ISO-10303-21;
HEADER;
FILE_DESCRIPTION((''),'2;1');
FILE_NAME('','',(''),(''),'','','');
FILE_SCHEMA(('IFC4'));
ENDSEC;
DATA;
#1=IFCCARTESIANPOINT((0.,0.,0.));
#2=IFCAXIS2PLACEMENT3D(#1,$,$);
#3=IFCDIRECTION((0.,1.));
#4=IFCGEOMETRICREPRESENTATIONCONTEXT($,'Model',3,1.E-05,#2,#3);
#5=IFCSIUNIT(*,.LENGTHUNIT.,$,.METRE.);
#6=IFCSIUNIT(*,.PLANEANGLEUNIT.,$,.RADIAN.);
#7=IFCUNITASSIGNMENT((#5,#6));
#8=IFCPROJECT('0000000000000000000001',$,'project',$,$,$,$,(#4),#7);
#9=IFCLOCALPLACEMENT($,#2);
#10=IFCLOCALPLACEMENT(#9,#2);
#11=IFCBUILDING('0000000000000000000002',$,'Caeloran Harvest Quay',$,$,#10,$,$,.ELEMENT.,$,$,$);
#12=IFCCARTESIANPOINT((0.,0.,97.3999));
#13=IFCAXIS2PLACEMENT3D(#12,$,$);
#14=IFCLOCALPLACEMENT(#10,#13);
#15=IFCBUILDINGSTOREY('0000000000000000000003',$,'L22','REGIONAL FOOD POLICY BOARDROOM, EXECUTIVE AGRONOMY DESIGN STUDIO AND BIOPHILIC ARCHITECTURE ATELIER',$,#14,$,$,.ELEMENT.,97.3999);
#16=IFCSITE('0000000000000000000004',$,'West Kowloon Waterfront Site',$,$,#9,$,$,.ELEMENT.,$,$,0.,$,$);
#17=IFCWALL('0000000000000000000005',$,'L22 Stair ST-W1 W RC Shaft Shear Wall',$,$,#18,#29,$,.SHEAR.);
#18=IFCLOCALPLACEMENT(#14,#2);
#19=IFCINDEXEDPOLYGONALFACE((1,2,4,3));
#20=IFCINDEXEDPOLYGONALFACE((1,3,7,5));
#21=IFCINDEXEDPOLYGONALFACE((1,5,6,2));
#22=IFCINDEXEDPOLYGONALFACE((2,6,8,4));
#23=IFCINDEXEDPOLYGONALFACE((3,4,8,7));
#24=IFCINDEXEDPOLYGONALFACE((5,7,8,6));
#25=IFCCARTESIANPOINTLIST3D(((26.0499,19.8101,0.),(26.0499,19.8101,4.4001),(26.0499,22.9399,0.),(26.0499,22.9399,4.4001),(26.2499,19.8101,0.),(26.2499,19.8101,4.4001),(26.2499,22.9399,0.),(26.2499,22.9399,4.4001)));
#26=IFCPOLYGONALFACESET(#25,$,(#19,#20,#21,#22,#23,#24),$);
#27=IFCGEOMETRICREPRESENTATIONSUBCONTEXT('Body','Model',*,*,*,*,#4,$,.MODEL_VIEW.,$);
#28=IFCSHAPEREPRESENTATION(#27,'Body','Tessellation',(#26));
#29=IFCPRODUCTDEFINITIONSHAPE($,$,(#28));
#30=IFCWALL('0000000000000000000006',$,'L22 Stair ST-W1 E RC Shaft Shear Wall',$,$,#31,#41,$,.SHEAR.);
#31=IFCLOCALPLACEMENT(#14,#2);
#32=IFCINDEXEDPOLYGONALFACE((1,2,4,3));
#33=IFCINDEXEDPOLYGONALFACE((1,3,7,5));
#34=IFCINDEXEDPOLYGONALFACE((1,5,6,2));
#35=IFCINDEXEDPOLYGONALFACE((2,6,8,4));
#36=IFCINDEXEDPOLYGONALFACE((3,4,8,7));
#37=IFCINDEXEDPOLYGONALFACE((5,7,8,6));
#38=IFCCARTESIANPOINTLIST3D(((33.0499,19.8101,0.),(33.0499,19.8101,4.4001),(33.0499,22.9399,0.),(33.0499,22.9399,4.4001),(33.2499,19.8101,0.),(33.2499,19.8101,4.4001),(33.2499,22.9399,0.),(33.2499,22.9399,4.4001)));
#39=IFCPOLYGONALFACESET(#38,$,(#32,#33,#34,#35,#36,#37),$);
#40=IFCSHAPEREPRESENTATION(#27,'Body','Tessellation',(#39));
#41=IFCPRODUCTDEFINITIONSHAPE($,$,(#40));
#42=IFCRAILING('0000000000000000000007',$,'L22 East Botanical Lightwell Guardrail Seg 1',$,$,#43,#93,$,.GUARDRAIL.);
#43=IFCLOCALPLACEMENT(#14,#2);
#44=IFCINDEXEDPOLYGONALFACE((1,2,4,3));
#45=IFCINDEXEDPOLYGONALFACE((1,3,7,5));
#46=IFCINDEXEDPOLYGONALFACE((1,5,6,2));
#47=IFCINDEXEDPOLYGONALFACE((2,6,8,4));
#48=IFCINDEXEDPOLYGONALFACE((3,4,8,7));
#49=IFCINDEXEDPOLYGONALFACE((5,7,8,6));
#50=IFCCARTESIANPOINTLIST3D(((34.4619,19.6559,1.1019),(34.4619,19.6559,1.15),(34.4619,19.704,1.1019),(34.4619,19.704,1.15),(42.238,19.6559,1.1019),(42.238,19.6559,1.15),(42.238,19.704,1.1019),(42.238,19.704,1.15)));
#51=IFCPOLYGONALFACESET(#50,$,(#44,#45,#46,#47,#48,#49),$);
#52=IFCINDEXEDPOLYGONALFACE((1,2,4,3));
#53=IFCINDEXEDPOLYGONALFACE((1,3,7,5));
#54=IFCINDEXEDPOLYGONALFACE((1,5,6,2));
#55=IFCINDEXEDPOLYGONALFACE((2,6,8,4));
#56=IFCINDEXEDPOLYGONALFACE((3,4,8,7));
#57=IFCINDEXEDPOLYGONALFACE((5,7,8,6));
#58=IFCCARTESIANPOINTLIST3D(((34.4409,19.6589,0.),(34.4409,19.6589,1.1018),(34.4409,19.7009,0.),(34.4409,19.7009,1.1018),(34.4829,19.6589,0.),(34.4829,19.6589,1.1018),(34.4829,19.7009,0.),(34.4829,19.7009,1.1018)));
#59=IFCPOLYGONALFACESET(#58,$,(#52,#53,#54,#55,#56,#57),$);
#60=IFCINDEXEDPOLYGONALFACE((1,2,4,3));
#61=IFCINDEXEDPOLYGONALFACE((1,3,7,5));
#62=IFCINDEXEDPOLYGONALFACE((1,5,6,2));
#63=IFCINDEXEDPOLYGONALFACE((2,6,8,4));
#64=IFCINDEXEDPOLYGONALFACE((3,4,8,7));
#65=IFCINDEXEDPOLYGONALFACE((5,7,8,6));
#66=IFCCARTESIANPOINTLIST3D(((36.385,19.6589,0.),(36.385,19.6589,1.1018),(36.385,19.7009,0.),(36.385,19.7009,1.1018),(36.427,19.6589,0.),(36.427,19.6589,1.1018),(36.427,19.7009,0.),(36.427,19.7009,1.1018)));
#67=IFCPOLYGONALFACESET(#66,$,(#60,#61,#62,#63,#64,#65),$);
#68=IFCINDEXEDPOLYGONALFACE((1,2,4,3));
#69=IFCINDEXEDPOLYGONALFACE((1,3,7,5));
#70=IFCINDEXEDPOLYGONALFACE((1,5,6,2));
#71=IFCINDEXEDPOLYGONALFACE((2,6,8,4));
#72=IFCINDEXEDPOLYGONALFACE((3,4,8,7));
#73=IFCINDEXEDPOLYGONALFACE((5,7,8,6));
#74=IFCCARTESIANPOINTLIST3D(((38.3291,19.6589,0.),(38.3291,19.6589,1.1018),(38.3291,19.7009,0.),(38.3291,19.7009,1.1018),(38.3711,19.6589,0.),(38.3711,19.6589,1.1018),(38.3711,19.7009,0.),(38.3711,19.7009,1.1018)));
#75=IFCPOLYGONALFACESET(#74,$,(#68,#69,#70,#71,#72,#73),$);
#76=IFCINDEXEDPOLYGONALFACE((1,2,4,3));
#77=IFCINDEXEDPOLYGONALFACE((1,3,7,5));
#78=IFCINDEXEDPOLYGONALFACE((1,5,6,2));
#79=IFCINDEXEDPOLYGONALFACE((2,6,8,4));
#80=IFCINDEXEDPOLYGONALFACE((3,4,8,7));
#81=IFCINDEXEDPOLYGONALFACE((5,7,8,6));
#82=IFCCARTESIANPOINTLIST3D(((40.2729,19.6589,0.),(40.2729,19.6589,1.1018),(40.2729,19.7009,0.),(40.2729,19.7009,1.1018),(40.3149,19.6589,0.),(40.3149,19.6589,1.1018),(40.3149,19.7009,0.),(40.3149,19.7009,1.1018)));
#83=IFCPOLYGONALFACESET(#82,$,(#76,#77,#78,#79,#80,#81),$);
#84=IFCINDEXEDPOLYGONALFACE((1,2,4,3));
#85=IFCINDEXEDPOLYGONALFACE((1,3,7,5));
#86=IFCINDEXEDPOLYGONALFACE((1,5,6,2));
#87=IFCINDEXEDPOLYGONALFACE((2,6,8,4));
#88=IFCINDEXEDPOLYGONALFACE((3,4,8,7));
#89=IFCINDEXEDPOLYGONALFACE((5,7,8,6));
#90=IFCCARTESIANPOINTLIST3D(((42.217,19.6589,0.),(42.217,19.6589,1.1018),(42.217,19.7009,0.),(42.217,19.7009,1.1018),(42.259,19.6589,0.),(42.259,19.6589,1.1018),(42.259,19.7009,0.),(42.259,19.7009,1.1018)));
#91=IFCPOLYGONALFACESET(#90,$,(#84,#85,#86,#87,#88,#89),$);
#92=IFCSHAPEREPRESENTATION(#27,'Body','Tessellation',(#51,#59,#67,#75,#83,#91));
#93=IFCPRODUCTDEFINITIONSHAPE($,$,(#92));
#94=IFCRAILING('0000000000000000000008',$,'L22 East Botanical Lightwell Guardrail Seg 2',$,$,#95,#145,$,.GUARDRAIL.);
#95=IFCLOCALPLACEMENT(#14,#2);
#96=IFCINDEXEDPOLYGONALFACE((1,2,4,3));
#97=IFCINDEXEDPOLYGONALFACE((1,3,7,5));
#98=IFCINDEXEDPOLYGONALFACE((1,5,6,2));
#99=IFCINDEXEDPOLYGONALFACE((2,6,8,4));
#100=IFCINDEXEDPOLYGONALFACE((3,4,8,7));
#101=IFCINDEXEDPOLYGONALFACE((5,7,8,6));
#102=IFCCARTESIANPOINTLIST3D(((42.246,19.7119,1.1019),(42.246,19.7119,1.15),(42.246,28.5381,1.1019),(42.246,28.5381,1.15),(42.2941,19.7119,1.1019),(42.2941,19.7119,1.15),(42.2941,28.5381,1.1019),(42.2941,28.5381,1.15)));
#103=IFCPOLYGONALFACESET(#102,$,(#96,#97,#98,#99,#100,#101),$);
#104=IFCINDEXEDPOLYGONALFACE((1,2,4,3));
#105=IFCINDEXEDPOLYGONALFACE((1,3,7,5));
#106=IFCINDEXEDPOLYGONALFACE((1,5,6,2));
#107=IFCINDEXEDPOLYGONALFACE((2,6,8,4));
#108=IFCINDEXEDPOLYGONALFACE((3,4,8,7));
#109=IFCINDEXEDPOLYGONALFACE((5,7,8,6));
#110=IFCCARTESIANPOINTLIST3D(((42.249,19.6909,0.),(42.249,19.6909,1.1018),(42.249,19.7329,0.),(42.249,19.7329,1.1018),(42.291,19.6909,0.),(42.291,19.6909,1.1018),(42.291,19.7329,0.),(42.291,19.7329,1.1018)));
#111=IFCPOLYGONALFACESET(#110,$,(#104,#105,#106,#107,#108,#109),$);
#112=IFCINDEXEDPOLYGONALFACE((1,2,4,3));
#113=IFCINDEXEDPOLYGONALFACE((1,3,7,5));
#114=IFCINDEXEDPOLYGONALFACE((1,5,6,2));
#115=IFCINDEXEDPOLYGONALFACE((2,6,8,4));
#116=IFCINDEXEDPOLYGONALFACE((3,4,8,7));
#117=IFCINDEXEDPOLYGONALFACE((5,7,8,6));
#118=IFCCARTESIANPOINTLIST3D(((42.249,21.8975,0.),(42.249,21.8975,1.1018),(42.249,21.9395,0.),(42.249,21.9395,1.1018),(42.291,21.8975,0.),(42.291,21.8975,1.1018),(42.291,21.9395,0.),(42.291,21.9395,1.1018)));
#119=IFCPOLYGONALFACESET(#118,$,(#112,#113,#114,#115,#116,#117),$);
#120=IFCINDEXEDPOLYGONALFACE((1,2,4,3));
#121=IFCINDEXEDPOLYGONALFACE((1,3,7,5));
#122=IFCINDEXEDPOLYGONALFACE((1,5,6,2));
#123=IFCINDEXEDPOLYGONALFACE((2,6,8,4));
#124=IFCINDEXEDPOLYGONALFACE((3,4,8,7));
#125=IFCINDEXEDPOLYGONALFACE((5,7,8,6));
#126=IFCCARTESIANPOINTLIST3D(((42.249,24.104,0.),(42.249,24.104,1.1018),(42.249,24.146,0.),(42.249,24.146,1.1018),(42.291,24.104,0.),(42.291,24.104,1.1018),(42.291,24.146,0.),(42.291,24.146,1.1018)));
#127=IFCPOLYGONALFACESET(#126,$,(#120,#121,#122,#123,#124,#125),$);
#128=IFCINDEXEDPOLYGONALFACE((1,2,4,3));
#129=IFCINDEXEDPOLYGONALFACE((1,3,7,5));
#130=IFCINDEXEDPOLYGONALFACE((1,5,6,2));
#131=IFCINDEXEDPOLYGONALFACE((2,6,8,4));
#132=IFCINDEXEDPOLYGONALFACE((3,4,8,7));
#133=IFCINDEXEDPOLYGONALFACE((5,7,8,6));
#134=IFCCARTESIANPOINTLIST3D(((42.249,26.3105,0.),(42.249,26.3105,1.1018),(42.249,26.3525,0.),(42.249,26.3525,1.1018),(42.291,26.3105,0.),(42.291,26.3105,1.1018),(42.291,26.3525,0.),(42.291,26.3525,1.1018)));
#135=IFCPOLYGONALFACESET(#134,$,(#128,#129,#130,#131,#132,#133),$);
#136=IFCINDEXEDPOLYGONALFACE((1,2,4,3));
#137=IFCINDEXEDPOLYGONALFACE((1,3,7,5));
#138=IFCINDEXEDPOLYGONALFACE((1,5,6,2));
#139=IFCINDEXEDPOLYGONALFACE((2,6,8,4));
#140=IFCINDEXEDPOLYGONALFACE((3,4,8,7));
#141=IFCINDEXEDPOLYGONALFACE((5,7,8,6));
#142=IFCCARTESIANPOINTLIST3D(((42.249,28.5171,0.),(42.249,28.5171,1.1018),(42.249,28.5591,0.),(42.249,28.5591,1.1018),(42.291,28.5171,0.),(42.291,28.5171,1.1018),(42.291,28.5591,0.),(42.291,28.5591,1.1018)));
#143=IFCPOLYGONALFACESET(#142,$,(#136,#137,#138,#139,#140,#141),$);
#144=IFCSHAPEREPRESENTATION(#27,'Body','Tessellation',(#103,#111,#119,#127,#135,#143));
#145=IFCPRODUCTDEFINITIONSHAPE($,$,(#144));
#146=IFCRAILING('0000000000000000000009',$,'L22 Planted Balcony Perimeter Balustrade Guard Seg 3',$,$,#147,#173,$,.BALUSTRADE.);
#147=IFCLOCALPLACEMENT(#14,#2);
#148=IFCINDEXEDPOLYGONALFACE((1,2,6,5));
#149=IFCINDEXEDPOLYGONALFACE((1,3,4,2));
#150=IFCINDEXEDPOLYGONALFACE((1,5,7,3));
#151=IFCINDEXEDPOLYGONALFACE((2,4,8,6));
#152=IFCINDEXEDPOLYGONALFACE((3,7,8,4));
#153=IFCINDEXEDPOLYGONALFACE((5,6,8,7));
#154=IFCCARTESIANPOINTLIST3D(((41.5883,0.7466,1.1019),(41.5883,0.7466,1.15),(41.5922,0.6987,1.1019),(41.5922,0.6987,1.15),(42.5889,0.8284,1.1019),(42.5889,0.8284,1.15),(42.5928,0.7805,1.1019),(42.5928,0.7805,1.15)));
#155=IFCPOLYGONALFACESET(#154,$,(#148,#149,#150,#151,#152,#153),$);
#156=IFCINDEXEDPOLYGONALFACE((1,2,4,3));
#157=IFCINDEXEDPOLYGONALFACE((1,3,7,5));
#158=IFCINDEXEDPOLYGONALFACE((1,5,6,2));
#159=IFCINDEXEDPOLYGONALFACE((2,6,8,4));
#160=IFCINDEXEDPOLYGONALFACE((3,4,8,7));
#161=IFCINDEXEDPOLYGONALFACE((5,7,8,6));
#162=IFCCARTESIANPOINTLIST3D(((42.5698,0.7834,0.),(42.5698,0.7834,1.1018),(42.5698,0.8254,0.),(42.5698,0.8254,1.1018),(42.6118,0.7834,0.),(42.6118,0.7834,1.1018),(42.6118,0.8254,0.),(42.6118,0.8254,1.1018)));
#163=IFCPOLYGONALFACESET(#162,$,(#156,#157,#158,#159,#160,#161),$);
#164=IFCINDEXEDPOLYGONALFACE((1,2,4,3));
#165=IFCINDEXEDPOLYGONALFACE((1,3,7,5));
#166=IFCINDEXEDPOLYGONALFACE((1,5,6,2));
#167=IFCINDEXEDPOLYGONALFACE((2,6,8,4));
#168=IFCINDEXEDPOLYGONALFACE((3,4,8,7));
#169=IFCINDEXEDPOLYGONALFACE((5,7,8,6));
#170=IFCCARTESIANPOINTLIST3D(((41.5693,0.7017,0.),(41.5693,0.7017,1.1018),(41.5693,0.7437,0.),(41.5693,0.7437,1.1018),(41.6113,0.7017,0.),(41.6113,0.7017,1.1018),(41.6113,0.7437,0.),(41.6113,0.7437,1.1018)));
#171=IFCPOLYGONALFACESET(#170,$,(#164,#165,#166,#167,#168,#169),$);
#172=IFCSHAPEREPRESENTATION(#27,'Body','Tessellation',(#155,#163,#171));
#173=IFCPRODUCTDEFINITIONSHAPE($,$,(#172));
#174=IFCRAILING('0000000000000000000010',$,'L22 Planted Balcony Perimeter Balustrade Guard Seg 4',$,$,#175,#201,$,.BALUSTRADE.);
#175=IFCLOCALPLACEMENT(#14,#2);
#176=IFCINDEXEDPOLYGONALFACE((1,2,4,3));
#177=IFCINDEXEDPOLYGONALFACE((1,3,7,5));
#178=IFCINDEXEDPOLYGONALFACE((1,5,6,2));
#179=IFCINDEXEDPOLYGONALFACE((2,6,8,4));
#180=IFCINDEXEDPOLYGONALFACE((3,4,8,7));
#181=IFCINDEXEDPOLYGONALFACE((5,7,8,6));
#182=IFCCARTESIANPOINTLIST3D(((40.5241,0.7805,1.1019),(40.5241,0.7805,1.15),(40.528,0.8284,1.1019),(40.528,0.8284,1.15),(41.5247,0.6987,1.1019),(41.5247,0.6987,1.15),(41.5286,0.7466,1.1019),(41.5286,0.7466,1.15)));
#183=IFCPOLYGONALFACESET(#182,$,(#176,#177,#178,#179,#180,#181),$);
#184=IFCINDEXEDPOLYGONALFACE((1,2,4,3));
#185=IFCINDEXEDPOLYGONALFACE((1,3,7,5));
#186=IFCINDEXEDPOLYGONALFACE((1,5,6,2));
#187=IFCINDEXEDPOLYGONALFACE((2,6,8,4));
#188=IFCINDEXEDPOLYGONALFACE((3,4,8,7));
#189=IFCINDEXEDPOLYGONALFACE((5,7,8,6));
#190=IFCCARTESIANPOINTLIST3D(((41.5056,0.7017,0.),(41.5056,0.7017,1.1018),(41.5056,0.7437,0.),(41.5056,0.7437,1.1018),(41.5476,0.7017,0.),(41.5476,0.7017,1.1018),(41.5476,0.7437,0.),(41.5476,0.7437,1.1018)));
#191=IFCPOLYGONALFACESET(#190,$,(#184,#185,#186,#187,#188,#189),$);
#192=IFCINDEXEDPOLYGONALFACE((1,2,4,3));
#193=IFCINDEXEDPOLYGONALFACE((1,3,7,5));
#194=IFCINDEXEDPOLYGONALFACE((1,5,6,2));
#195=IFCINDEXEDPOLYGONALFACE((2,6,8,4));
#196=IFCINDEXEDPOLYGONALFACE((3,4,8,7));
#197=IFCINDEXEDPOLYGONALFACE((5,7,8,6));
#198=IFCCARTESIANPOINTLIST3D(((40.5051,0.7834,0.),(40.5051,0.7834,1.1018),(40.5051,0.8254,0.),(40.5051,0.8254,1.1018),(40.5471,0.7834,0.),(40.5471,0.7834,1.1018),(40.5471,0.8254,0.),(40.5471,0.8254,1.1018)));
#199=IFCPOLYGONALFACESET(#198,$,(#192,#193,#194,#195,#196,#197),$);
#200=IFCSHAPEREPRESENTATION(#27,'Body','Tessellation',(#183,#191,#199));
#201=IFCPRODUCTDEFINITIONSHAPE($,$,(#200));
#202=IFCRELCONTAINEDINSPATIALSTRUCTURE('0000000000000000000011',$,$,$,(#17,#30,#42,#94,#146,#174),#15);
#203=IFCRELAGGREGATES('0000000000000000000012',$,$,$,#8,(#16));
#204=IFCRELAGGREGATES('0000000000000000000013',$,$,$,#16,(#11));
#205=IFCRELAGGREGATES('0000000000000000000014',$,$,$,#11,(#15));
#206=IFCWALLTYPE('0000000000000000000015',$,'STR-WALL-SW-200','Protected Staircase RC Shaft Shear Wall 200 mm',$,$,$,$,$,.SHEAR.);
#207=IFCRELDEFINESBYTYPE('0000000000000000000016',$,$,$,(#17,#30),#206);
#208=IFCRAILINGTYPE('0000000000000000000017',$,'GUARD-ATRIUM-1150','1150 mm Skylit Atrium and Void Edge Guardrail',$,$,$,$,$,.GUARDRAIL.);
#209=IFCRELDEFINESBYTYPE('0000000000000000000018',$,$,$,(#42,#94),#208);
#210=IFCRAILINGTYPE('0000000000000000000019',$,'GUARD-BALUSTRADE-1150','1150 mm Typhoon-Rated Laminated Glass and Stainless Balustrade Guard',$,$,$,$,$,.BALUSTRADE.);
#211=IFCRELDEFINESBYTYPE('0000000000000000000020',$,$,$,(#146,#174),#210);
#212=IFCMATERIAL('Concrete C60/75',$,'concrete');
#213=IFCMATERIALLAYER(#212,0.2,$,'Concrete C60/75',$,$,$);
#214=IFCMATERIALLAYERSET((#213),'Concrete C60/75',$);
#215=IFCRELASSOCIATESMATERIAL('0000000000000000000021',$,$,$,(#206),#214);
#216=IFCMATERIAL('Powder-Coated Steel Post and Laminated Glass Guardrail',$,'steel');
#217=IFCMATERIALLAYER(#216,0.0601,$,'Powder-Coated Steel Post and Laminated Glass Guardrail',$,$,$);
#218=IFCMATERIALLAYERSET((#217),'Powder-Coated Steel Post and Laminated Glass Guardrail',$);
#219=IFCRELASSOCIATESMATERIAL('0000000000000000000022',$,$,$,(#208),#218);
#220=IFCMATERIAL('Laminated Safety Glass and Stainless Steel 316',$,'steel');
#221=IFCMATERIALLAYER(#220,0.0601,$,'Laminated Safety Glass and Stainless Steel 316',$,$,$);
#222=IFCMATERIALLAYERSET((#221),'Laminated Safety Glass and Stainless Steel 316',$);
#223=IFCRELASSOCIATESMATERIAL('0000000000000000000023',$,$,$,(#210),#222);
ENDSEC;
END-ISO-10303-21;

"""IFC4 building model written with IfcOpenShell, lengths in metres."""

from ifc_helpers import new_model, si_unit, direction, frame, frame_2d, origin, origin_2d, place, context, subcontext, project, spatial, rectangle, extrude, material, layer, layer_set, type_object, element, save


model = new_model("IFC4")

# Units and contexts
model_context = context("Model", 3, precision=1e-05, world=origin(), true_north=direction((0.0, 1.0)))
body_context = subcontext(model_context, "Body", "Model", "MODEL_VIEW")
ifc_project = project(units=[si_unit("LENGTHUNIT", "METRE"), si_unit("PLANEANGLEUNIT", "RADIAN")], contexts=[model_context])

# Site, building, storey
site_placement = place(None, origin())
site = spatial("IfcSite", under=ifc_project, at=site_placement, Name="West Kowloon Waterfront Site", CompositionType="ELEMENT", RefElevation=0.0)
building_placement = place(site_placement, origin())
building = spatial("IfcBuilding", under=site, at=building_placement, Name="Caeloran Harvest Quay", CompositionType="ELEMENT")
storey_placement = place(building_placement, frame((0.0, 0.0, 97.3999)))
storey = spatial("IfcBuildingStorey", under=building, at=storey_placement, Name="L22", Description="REGIONAL FOOD POLICY BOARDROOM, EXECUTIVE AGRONOMY DESIGN STUDIO AND BIOPHILIC ARCHITECTURE ATELIER", CompositionType="ELEMENT", Elevation=97.3999)

# Shared definitions
ifc_material_1 = material(Name="Concrete C60/75", Category="concrete")
ifc_layer_1 = layer(ifc_material_1, 0.2, Name="Concrete C60/75")
ifc_layer_set_1 = layer_set([ifc_layer_1], Name="Concrete C60/75")
wall_type_1 = type_object("IfcWallType", Name="STR-WALL-SW-200", Description="Protected Staircase RC Shaft Shear Wall 200 mm", PredefinedType="SHEAR", material=ifc_layer_set_1)

# Walls
for number, where, z_axis, x_axis, name in (
    (1, (26.1499, 19.8101, 0.0), (0.0, 0.0, 1.0), (0.0, 1.0, 0.0), "L22 Stair ST-W1 W RC Shaft Shear Wall"),
    (2, (33.1499, 19.8101, 0.0), (0.0, 0.0, 1.0), (0.0, 1.0, 0.0), "L22 Stair ST-W1 E RC Shaft Shear Wall"),
):
    element("IfcWall", number, at=place(storey_placement, frame(where, z_axis=z_axis, x_axis=x_axis)), inside=storey, type_object=wall_type_1, Name=name, PredefinedType="SHEAR", context=body_context, shape_type="SweptSolid", body=[
        extrude(rectangle(XDim=3.1299, YDim=0.2, at=frame_2d((1.5649, 0.0))), origin(), (0.0, 0.0, 1.0), 4.4001),
    ])

# Railings
ifc_material_2 = material(Name="Powder-Coated Steel Post and Laminated Glass Guardrail", Category="steel")
ifc_layer_2 = layer(ifc_material_2, 0.0601, Name="Powder-Coated Steel Post and Laminated Glass Guardrail")
ifc_layer_set_2 = layer_set([ifc_layer_2], Name="Powder-Coated Steel Post and Laminated Glass Guardrail")
railing_type_1 = type_object("IfcRailingType", Name="GUARD-ATRIUM-1150", Description="1150 mm Skylit Atrium and Void Edge Guardrail", PredefinedType="GUARDRAIL", material=ifc_layer_set_2)
railing_1_placement = place(storey_placement, frame((34.4619, 19.6799, 0.0)))
element("IfcRailing", 3, at=railing_1_placement, inside=storey, type_object=railing_type_1, Name="L22 East Botanical Lightwell Guardrail Seg 1", PredefinedType="GUARDRAIL", context=body_context, shape_type="SweptSolid", body=[
    extrude(rectangle(XDim=0.0481, YDim=0.0481, at=origin_2d()), frame((0.0, 0.0, 1.126), z_axis=(1.0, 0.0, 0.0), x_axis=(0.0, 1.0, 0.0)), (0.0, 0.0, 1.0), 7.7761),
    extrude(rectangle(XDim=0.042, YDim=0.042, at=origin_2d()), origin(), (0.0, 0.0, 1.0), 1.1018),
    extrude(rectangle(XDim=0.042, YDim=0.042, at=origin_2d()), frame((1.9441, 0.0, 0.0)), (0.0, 0.0, 1.0), 1.1018),
    extrude(rectangle(XDim=0.042, YDim=0.042, at=origin_2d()), frame((3.8882, 0.0, 0.0)), (0.0, 0.0, 1.0), 1.1018),
    extrude(rectangle(XDim=0.042, YDim=0.042, at=origin_2d()), frame((5.832, 0.0, 0.0)), (0.0, 0.0, 1.0), 1.1018),
    extrude(rectangle(XDim=0.042, YDim=0.042, at=origin_2d()), frame((7.7761, 0.0, 0.0)), (0.0, 0.0, 1.0), 1.1018),
])
railing_2_placement = place(storey_placement, frame((42.27, 19.7119, 0.0)))
element("IfcRailing", 4, at=railing_2_placement, inside=storey, type_object=railing_type_1, Name="L22 East Botanical Lightwell Guardrail Seg 2", PredefinedType="GUARDRAIL", context=body_context, shape_type="SweptSolid", body=[
    extrude(rectangle(XDim=0.0481, YDim=0.0481, at=origin_2d()), frame((0.0, 0.0, 1.126), z_axis=(0.0, 1.0, 0.0), x_axis=(-1.0, 0.0, 0.0)), (0.0, 0.0, 1.0), 8.8262),
    extrude(rectangle(XDim=0.042, YDim=0.042, at=origin_2d()), origin(), (0.0, 0.0, 1.0), 1.1018),
    extrude(rectangle(XDim=0.042, YDim=0.042, at=origin_2d()), frame((0.0, 2.2065, 0.0)), (0.0, 0.0, 1.0), 1.1018),
    extrude(rectangle(XDim=0.042, YDim=0.042, at=origin_2d()), frame((0.0, 4.4131, 0.0)), (0.0, 0.0, 1.0), 1.1018),
    extrude(rectangle(XDim=0.042, YDim=0.042, at=origin_2d()), frame((0.0, 6.6196, 0.0)), (0.0, 0.0, 1.0), 1.1018),
    extrude(rectangle(XDim=0.042, YDim=0.042, at=origin_2d()), frame((0.0, 8.8262, 0.0)), (0.0, 0.0, 1.0), 1.1018),
])
ifc_material_3 = material(Name="Laminated Safety Glass and Stainless Steel 316", Category="steel")
ifc_layer_3 = layer(ifc_material_3, 0.0601, Name="Laminated Safety Glass and Stainless Steel 316")
ifc_layer_set_3 = layer_set([ifc_layer_3], Name="Laminated Safety Glass and Stainless Steel 316")
railing_type_2 = type_object("IfcRailingType", Name="GUARD-BALUSTRADE-1150", Description="1150 mm Typhoon-Rated Laminated Glass and Stainless Balustrade Guard", PredefinedType="BALUSTRADE", material=ifc_layer_set_3)
railing_3_placement = place(storey_placement, frame((42.5908, 0.8044, 0.0)))
element("IfcRailing", 5, at=railing_3_placement, inside=storey, type_object=railing_type_2, Name="L22 Planted Balcony Perimeter Balustrade Guard Seg 3", PredefinedType="BALUSTRADE", context=body_context, shape_type="SweptSolid", body=[
    extrude(rectangle(XDim=0.0481, YDim=0.0481, at=origin_2d()), frame((0.0, 0.0, 1.126), z_axis=(-0.996675, -0.081475, 0.0), x_axis=(0.081475, -0.996675, 0.0)), (0.0, 0.0, 1.0), 1.0039),
    extrude(rectangle(XDim=0.042, YDim=0.042, at=origin_2d()), origin(), (0.0, 0.0, 1.0), 1.1018),
    extrude(rectangle(XDim=0.042, YDim=0.042, at=origin_2d()), frame((-1.0005, -0.0818, 0.0)), (0.0, 0.0, 1.0), 1.1018),
])
railing_4_placement = place(storey_placement, frame((41.5266, 0.7227, 0.0)))
element("IfcRailing", 6, at=railing_4_placement, inside=storey, type_object=railing_type_2, Name="L22 Planted Balcony Perimeter Balustrade Guard Seg 4", PredefinedType="BALUSTRADE", context=body_context, shape_type="SweptSolid", body=[
    extrude(rectangle(XDim=0.0481, YDim=0.0481, at=origin_2d()), frame((0.0, 0.0, 1.126), z_axis=(-0.996675, 0.081475, 0.0), x_axis=(-0.081475, -0.996675, 0.0)), (0.0, 0.0, 1.0), 1.0039),
    extrude(rectangle(XDim=0.042, YDim=0.042, at=origin_2d()), origin(), (0.0, 0.0, 1.0), 1.1018),
    extrude(rectangle(XDim=0.042, YDim=0.042, at=origin_2d()), frame((-1.0005, 0.0818, 0.0)), (0.0, 0.0, 1.0), 1.1018),
])

save(model, "model.ifc")
